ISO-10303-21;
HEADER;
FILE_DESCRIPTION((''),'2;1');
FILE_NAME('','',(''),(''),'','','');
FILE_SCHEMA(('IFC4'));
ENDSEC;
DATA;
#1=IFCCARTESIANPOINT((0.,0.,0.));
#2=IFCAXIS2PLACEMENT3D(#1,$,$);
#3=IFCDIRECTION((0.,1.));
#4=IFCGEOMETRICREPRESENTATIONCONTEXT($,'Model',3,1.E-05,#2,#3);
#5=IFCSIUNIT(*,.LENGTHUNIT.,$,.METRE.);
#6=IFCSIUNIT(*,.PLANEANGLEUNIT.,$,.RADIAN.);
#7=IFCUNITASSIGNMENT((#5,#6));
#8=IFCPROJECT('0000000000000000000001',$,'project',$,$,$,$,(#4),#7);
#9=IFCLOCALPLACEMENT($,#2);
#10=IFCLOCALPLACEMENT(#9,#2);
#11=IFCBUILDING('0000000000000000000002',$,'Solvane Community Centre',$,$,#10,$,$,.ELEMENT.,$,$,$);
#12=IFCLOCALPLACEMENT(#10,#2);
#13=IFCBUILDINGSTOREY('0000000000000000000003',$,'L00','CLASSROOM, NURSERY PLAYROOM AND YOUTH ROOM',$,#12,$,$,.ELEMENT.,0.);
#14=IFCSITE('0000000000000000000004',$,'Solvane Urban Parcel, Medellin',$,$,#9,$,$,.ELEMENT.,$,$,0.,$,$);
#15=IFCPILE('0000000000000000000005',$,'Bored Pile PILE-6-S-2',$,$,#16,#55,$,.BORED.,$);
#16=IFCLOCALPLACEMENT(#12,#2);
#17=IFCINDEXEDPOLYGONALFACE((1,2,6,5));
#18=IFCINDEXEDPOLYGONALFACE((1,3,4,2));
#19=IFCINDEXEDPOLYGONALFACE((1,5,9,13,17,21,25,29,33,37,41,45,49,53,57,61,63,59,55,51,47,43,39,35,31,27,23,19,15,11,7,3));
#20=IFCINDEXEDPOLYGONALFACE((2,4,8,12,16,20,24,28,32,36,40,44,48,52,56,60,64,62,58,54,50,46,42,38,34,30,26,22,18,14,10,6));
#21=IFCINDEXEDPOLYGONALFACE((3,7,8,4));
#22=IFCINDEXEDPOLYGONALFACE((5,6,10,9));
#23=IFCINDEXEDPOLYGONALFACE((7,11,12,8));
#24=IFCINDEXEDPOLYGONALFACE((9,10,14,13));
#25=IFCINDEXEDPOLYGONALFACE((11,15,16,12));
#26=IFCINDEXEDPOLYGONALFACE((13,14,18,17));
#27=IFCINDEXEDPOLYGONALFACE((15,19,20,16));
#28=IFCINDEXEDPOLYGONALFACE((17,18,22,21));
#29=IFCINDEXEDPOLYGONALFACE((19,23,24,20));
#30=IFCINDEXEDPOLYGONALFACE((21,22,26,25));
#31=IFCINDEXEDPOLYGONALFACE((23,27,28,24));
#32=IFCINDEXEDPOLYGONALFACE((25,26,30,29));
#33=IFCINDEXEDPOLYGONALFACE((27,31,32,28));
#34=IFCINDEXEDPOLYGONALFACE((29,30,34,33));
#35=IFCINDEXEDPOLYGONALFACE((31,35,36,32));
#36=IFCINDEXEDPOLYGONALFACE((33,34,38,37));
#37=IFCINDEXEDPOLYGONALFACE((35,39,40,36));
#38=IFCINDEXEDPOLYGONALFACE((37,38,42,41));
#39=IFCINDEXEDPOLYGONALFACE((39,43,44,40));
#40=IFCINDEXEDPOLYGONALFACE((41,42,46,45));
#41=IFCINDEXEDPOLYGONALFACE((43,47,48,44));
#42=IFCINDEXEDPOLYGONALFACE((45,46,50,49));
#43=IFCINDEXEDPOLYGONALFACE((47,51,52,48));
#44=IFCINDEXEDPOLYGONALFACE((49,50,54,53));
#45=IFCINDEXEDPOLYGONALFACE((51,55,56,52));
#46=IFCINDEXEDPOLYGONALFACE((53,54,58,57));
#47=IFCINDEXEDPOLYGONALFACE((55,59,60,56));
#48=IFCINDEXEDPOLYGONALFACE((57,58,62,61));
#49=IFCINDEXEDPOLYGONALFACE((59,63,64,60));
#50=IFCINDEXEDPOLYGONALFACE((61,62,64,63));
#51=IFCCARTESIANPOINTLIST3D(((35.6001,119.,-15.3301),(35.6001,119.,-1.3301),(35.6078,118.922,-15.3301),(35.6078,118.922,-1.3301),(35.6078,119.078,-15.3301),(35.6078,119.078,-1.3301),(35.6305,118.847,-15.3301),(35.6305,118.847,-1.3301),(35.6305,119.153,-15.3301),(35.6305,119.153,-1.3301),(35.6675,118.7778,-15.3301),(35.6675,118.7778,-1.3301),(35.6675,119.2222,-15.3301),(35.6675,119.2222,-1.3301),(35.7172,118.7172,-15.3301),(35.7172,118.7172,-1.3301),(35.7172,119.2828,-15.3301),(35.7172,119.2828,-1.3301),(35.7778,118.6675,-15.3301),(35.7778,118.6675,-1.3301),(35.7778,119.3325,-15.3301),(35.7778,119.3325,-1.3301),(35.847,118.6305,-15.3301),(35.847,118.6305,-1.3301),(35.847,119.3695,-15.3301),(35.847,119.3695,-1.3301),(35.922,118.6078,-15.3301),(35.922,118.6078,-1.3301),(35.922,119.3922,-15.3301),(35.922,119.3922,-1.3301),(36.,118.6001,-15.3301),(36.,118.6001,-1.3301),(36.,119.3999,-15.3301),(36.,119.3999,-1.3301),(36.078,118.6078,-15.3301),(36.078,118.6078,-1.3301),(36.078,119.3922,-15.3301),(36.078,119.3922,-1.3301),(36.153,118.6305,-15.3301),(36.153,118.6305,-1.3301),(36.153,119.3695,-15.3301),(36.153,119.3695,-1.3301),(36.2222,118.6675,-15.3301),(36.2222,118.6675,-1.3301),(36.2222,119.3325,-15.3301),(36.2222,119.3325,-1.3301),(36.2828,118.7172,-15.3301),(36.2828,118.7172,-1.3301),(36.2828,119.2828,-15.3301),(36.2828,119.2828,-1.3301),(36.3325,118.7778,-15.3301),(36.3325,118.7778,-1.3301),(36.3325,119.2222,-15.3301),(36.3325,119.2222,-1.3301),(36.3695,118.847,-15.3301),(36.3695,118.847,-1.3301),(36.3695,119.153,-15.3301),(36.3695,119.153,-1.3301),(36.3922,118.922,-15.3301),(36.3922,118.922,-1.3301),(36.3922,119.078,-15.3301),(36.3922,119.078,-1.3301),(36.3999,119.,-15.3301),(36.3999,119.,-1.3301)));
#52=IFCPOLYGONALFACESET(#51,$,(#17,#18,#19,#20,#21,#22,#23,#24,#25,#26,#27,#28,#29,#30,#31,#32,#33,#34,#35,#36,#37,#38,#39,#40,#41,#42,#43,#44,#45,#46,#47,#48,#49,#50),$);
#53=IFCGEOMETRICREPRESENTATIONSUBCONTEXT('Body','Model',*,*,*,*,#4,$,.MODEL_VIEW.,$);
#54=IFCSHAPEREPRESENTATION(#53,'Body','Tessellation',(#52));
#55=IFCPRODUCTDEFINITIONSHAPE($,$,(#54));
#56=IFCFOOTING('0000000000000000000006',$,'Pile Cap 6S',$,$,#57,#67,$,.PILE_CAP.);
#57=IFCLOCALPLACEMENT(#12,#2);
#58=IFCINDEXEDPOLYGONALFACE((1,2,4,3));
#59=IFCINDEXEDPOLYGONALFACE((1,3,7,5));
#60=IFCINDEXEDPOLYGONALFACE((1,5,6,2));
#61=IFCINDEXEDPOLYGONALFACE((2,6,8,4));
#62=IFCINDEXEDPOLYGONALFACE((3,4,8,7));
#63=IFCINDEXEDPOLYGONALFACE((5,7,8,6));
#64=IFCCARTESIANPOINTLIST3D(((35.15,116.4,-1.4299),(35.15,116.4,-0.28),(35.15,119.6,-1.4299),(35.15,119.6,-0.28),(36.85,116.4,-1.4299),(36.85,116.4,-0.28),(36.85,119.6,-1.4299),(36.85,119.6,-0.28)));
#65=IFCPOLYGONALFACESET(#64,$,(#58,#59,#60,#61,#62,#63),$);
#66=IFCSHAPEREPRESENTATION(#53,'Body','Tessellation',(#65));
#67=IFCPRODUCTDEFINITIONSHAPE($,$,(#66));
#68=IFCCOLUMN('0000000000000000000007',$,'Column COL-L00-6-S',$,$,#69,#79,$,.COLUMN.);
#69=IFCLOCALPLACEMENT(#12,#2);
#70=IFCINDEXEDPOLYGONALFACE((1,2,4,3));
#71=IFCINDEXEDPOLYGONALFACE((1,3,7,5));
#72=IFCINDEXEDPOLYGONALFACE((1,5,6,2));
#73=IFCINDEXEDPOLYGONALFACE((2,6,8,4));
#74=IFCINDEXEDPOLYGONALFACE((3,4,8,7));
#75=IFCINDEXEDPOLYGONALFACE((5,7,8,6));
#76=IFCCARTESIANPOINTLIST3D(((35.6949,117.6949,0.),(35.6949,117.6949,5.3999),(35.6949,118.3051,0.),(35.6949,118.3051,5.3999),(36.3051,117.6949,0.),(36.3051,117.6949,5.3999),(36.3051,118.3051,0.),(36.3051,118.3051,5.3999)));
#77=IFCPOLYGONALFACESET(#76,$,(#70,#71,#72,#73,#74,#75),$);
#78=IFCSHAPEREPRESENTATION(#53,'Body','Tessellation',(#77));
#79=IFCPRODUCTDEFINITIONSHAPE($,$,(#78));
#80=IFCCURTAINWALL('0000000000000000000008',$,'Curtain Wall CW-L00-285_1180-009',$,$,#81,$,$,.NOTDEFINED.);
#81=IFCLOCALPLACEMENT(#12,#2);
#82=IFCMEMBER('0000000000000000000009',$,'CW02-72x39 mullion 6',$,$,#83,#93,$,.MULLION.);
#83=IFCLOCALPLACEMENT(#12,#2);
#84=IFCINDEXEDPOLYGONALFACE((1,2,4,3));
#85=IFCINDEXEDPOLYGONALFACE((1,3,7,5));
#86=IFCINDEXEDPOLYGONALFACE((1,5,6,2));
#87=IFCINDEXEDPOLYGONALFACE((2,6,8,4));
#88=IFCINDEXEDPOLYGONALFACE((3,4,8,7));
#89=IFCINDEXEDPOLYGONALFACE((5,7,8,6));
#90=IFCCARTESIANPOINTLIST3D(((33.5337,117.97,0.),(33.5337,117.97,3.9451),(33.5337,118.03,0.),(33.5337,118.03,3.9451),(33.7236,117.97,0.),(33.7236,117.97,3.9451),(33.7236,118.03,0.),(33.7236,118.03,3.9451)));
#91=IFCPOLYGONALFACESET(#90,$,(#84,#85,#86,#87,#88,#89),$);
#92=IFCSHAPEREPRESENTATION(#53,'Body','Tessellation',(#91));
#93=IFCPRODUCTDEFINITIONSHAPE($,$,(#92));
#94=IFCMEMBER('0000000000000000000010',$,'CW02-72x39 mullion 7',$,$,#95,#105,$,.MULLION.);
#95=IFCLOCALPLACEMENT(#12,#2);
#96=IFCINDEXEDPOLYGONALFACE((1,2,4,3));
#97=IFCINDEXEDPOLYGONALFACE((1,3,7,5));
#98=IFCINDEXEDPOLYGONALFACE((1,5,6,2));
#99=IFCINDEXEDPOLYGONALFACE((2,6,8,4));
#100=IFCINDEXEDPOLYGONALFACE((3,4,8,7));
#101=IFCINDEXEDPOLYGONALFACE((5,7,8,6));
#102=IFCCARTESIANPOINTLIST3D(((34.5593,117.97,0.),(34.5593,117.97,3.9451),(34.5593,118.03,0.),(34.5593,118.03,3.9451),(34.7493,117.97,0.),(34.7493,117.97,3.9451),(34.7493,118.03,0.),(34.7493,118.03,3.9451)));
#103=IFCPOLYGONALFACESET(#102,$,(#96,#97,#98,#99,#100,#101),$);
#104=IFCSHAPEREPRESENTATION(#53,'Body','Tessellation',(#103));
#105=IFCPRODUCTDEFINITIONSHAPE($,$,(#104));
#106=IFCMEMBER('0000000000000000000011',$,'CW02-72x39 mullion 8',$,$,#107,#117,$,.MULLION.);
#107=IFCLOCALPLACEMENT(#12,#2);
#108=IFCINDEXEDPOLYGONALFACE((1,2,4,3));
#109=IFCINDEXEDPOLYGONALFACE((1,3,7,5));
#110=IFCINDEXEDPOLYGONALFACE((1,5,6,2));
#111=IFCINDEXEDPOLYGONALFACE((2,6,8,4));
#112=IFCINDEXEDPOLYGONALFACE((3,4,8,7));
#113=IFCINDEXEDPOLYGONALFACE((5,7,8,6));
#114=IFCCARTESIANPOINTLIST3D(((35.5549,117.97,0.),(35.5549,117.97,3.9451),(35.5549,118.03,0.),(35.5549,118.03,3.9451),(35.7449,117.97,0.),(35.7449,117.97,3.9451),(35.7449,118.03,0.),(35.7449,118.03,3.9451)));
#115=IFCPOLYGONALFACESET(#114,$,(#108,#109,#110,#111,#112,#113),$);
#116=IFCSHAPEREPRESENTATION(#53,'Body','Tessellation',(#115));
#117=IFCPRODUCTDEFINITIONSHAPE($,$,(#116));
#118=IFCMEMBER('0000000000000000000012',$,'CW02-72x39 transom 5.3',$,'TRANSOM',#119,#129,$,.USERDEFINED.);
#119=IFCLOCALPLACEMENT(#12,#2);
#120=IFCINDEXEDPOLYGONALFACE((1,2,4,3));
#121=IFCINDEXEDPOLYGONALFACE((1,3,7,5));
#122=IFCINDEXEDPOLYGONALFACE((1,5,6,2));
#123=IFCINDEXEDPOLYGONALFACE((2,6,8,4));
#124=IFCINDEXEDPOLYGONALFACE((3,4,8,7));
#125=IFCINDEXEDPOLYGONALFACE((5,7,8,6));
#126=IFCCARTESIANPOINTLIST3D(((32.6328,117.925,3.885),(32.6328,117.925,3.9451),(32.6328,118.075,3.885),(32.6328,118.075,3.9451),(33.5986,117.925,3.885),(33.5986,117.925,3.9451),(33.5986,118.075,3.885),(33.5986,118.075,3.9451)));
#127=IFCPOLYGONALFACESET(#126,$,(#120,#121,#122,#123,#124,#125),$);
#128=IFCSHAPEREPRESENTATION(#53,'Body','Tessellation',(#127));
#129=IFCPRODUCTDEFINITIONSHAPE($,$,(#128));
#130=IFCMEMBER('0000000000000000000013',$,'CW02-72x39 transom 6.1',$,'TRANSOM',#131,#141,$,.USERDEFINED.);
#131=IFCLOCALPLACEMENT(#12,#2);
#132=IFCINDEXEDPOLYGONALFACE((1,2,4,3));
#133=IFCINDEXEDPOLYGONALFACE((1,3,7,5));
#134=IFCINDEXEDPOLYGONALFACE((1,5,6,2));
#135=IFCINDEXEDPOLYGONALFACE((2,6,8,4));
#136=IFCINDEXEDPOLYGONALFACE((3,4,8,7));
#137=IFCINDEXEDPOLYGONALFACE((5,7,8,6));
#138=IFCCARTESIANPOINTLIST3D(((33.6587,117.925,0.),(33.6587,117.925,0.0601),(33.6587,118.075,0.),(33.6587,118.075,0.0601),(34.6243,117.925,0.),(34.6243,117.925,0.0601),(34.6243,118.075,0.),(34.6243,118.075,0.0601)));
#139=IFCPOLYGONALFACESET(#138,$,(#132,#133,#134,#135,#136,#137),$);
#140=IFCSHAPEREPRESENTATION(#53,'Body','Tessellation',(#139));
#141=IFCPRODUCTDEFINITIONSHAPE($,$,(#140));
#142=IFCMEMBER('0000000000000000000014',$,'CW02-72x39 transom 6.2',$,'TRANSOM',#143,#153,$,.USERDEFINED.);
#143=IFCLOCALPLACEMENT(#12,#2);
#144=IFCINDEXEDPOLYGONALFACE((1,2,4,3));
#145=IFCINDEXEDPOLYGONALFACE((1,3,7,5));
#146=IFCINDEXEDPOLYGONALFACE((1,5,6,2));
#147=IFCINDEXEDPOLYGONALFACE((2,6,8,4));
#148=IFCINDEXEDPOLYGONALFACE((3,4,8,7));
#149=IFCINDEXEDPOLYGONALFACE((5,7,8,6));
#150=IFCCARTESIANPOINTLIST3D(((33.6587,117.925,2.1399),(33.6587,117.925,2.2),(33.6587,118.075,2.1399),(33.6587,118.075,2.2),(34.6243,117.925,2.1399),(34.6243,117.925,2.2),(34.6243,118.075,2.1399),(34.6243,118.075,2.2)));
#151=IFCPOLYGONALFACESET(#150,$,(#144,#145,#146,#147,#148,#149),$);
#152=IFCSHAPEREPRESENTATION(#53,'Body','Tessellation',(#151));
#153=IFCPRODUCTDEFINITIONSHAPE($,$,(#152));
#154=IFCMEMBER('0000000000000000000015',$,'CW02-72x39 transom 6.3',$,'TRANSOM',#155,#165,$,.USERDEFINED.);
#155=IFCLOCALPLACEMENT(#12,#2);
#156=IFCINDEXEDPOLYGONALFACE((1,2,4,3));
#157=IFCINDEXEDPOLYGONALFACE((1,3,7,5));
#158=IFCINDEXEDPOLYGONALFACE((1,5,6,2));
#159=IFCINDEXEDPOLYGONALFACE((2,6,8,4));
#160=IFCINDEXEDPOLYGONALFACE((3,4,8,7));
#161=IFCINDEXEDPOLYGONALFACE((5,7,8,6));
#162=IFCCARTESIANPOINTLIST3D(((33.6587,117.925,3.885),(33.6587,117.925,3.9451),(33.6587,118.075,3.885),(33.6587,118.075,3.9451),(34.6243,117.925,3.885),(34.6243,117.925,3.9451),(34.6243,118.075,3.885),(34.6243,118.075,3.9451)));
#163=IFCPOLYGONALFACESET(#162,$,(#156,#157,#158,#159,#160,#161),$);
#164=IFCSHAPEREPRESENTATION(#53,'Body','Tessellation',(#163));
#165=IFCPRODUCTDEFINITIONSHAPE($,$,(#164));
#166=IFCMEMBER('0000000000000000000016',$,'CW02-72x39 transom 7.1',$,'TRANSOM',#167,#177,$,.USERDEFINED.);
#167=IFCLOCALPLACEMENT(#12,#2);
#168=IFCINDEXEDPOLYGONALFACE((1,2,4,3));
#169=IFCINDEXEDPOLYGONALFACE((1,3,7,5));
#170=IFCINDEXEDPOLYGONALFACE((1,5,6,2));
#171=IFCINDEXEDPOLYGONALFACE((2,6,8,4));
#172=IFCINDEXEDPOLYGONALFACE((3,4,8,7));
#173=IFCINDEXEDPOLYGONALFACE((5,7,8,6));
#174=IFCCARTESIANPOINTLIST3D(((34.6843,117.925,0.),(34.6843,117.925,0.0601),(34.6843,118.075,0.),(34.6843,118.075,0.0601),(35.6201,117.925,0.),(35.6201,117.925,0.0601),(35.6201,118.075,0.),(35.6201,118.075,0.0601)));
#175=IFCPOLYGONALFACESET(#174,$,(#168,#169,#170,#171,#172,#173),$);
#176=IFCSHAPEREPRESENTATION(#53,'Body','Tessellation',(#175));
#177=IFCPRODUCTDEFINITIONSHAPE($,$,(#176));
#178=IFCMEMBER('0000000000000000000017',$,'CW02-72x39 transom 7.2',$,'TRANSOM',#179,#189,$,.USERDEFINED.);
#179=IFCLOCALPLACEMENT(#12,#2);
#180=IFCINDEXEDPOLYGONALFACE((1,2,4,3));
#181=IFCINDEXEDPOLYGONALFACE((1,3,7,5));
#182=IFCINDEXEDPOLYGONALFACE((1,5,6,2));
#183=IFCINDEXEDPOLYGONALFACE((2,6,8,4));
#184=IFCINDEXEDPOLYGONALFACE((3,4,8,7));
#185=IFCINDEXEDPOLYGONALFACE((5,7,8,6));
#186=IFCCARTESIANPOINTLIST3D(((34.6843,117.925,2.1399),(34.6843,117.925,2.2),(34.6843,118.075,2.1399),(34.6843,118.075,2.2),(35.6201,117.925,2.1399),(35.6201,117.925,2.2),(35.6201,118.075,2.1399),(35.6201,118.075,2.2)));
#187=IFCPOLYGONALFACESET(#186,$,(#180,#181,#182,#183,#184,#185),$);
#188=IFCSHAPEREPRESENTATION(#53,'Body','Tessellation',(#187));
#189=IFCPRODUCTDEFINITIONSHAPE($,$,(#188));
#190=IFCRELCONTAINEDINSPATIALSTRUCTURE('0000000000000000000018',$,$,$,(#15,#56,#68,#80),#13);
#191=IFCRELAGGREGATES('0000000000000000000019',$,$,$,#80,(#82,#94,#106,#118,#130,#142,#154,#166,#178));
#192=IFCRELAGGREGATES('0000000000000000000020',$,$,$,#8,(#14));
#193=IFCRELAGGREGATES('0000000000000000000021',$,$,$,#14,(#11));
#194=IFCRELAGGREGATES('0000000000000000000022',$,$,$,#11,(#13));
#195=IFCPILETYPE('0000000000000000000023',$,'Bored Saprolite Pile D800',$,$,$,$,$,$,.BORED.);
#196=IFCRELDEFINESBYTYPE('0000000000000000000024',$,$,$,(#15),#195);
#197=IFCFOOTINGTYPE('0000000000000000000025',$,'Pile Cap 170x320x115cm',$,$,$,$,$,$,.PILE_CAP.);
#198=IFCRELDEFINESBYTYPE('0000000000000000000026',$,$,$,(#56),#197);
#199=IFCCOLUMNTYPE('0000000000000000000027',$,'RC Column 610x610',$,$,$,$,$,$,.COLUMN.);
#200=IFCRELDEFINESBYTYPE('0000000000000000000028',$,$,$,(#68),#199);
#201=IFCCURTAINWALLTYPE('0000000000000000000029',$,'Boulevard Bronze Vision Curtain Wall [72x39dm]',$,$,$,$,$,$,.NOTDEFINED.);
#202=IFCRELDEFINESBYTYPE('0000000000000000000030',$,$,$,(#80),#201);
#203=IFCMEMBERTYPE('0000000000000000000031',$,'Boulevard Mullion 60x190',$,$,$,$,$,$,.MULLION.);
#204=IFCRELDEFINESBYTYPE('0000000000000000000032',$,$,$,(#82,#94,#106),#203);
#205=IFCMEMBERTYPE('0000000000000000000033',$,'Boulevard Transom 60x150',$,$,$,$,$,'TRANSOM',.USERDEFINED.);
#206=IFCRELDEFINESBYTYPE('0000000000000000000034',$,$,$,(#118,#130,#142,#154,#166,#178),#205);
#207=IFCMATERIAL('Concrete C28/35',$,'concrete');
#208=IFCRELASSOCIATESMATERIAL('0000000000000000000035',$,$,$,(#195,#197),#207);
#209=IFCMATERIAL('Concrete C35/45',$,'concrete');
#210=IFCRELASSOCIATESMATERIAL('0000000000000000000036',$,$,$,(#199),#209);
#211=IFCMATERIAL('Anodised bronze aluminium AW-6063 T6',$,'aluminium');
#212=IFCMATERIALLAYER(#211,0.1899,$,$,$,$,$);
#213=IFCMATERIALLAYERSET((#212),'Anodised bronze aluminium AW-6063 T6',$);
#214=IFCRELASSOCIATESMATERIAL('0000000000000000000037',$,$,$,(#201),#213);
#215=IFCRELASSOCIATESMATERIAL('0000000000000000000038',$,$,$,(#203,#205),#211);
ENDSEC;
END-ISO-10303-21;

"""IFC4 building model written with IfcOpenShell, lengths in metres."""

from ifc_helpers import new_model, si_unit, direction, frame, origin, origin_2d, place, context, subcontext, project, spatial, rectangle, circle, extrude, material, layer, layer_set, material_profile, profile_set, type_object, element, aggregate, save


model = new_model("IFC4")

# Units and contexts
model_context = context("Model", 3, precision=1e-05, world=origin(), true_north=direction((0.0, 1.0)))
body_context = subcontext(model_context, "Body", "Model", "MODEL_VIEW")
ifc_project = project(units=[si_unit("LENGTHUNIT", "METRE"), si_unit("PLANEANGLEUNIT", "RADIAN")], contexts=[model_context])

# Site, building, storey
site_placement = place(None, origin())
site = spatial("IfcSite", under=ifc_project, at=site_placement, Name="Solvane Urban Parcel, Medellin", CompositionType="ELEMENT", RefElevation=0.0)
building_placement = place(site_placement, origin())
building = spatial("IfcBuilding", under=site, at=building_placement, Name="Solvane Community Centre", CompositionType="ELEMENT")
storey_placement = place(building_placement, origin())
storey = spatial("IfcBuildingStorey", under=building, at=storey_placement, Name="L00", Description="CLASSROOM, NURSERY PLAYROOM AND YOUTH ROOM", CompositionType="ELEMENT", Elevation=0.0)

# Pile
ifc_material_1 = material(Name="Concrete C28/35", Category="concrete")
ifc_material_profile_1 = material_profile(ifc_material_1, circle(Radius=0.3999, at=origin_2d()), Name="PILE D800")
ifc_profile_set_1 = profile_set([ifc_material_profile_1], Name="Concrete C28/35")
pile_type = type_object("IfcPileType", Name="Bored Saprolite Pile D800", PredefinedType="BORED", material=ifc_profile_set_1)
pile_placement = place(storey_placement, frame((36.0, 119.0, -1.3301), z_axis=(0.0, 0.0, -1.0), x_axis=(1.0, 0.0, 0.0)))
element("IfcPile", 1, at=pile_placement, inside=storey, type_object=pile_type, Name="Bored Pile PILE-6-S-2", PredefinedType="BORED", context=body_context, shape_type="SweptSolid", body=[
    extrude(circle(Radius=0.3999, at=origin_2d()), origin(), (0.0, 0.0, 1.0), 14.0),
])

# Footing
footing_type = type_object("IfcFootingType", Name="Pile Cap 170x320x115cm", PredefinedType="PILE_CAP", material=ifc_material_1)
footing_placement = place(storey_placement, frame((36.0, 118.0, -1.4299), z_axis=(0.0, 0.0, 1.0), x_axis=(1.0, 0.0, 0.0)))
element("IfcFooting", 2, at=footing_placement, inside=storey, type_object=footing_type, Name="Pile Cap 6S", PredefinedType="PILE_CAP", context=body_context, shape_type="SweptSolid", body=[
    extrude(rectangle(XDim=1.7, YDim=3.2, at=origin_2d()), origin(), (0.0, 0.0, 1.0), 1.1499),
])

# Column
ifc_material_2 = material(Name="Concrete C35/45", Category="concrete")
ifc_material_profile_2 = material_profile(ifc_material_2, rectangle(XDim=0.6101, YDim=0.6101, at=origin_2d()), Name="RC 610x610")
ifc_profile_set_2 = profile_set([ifc_material_profile_2], Name="Concrete C35/45")
column_type = type_object("IfcColumnType", Name="RC Column 610x610", PredefinedType="COLUMN", material=ifc_profile_set_2)
column_placement = place(storey_placement, frame((36.0, 118.0, 0.0), z_axis=(0.0, 0.0, 1.0), x_axis=(1.0, 0.0, 0.0)))
element("IfcColumn", 3, at=column_placement, inside=storey, type_object=column_type, Name="Column COL-L00-6-S", PredefinedType="COLUMN", context=body_context, shape_type="SweptSolid", body=[
    extrude(rectangle(XDim=0.6101, YDim=0.6101, at=origin_2d()), origin(), (0.0, 0.0, 1.0), 5.3999),
])

# Curtain wall, members
ifc_material_3 = material(Name="Anodised bronze aluminium AW-6063 T6", Category="aluminium")
ifc_layer_1 = layer(ifc_material_3, 0.1899)
ifc_layer_set_1 = layer_set([ifc_layer_1], Name="Anodised bronze aluminium AW-6063 T6")
curtain_wall_type = type_object("IfcCurtainWallType", Name="Boulevard Bronze Vision Curtain Wall [72x39dm]", PredefinedType="NOTDEFINED", material=ifc_layer_set_1)
curtain_wall_placement = place(storey_placement, origin())
curtain_wall = element("IfcCurtainWall", 4, at=curtain_wall_placement, inside=storey, type_object=curtain_wall_type, Name="Curtain Wall CW-L00-285_1180-009", PredefinedType="NOTDEFINED")
ifc_material_profile_3 = material_profile(ifc_material_3, rectangle(XDim=0.0601, YDim=0.1899, at=origin_2d()), Name="CW-M 60x190")
ifc_profile_set_3 = profile_set([ifc_material_profile_3], Name="Anodised bronze aluminium AW-6063 T6")
member_type_1 = type_object("IfcMemberType", Name="Boulevard Mullion 60x190", PredefinedType="MULLION", material=ifc_profile_set_3)
member_1_placement = place(storey_placement, frame((33.6287, 118.0, 0.0), z_axis=(0.0, 0.0, 1.0), x_axis=(0.0, 1.0, 0.0)))
member_1 = element("IfcMember", 5, at=member_1_placement, type_object=member_type_1, Name="CW02-72x39 mullion 6", PredefinedType="MULLION", context=body_context, shape_type="SweptSolid", body=[
    extrude(rectangle(XDim=0.0601, YDim=0.1899, at=origin_2d()), origin(), (0.0, 0.0, 1.0), 3.9451),
])
member_2_placement = place(storey_placement, frame((34.6543, 118.0, 0.0), z_axis=(0.0, 0.0, 1.0), x_axis=(0.0, 1.0, 0.0)))
member_2 = element("IfcMember", 6, at=member_2_placement, type_object=member_type_1, Name="CW02-72x39 mullion 7", PredefinedType="MULLION", context=body_context, shape_type="SweptSolid", body=[
    extrude(rectangle(XDim=0.0601, YDim=0.1899, at=origin_2d()), origin(), (0.0, 0.0, 1.0), 3.9451),
])
member_3_placement = place(storey_placement, frame((35.6499, 118.0, 0.0), z_axis=(0.0, 0.0, 1.0), x_axis=(0.0, 1.0, 0.0)))
member_3 = element("IfcMember", 7, at=member_3_placement, type_object=member_type_1, Name="CW02-72x39 mullion 8", PredefinedType="MULLION", context=body_context, shape_type="SweptSolid", body=[
    extrude(rectangle(XDim=0.0601, YDim=0.1899, at=origin_2d()), origin(), (0.0, 0.0, 1.0), 3.9451),
])
ifc_material_profile_4 = material_profile(ifc_material_3, rectangle(XDim=0.1499, YDim=0.0601, at=origin_2d()), Name="CW-T 60x150")
ifc_profile_set_4 = profile_set([ifc_material_profile_4], Name="Anodised bronze aluminium AW-6063 T6")
member_type_2 = type_object("IfcMemberType", Name="Boulevard Transom 60x150", ElementType="TRANSOM", PredefinedType="USERDEFINED", material=ifc_profile_set_4)
member_4_placement = place(storey_placement, frame((32.6328, 118.0, 3.915), z_axis=(1.0, 0.0, 0.0), x_axis=(0.0, 1.0, 0.0)))
member_4 = element("IfcMember", 8, at=member_4_placement, type_object=member_type_2, Name="CW02-72x39 transom 5.3", ObjectType="TRANSOM", PredefinedType="USERDEFINED", context=body_context, shape_type="SweptSolid", body=[
    extrude(rectangle(XDim=0.1499, YDim=0.0601, at=origin_2d()), origin(), (0.0, 0.0, 1.0), 0.9658),
])
member_5_placement = place(storey_placement, frame((33.6587, 118.0, 0.03), z_axis=(1.0, 0.0, 0.0), x_axis=(0.0, 1.0, 0.0)))
member_5 = element("IfcMember", 9, at=member_5_placement, type_object=member_type_2, Name="CW02-72x39 transom 6.1", ObjectType="TRANSOM", PredefinedType="USERDEFINED", context=body_context, shape_type="SweptSolid", body=[
    extrude(rectangle(XDim=0.1499, YDim=0.0601, at=origin_2d()), origin(), (0.0, 0.0, 1.0), 0.9656),
])
member_6_placement = place(storey_placement, frame((33.6587, 118.0, 2.1699), z_axis=(1.0, 0.0, 0.0), x_axis=(0.0, 1.0, 0.0)))
member_6 = element("IfcMember", 10, at=member_6_placement, type_object=member_type_2, Name="CW02-72x39 transom 6.2", ObjectType="TRANSOM", PredefinedType="USERDEFINED", context=body_context, shape_type="SweptSolid", body=[
    extrude(rectangle(XDim=0.1499, YDim=0.0601, at=origin_2d()), origin(), (0.0, 0.0, 1.0), 0.9656),
])
member_7_placement = place(storey_placement, frame((33.6587, 118.0, 3.915), z_axis=(1.0, 0.0, 0.0), x_axis=(0.0, 1.0, 0.0)))
member_7 = element("IfcMember", 11, at=member_7_placement, type_object=member_type_2, Name="CW02-72x39 transom 6.3", ObjectType="TRANSOM", PredefinedType="USERDEFINED", context=body_context, shape_type="SweptSolid", body=[
    extrude(rectangle(XDim=0.1499, YDim=0.0601, at=origin_2d()), origin(), (0.0, 0.0, 1.0), 0.9656),
])
member_8_placement = place(storey_placement, frame((34.6843, 118.0, 0.03), z_axis=(1.0, 0.0, 0.0), x_axis=(0.0, 1.0, 0.0)))
member_8 = element("IfcMember", 12, at=member_8_placement, type_object=member_type_2, Name="CW02-72x39 transom 7.1", ObjectType="TRANSOM", PredefinedType="USERDEFINED", context=body_context, shape_type="SweptSolid", body=[
    extrude(rectangle(XDim=0.1499, YDim=0.0601, at=origin_2d()), origin(), (0.0, 0.0, 1.0), 0.9358),
])
member_9_placement = place(storey_placement, frame((34.6843, 118.0, 2.1699), z_axis=(1.0, 0.0, 0.0), x_axis=(0.0, 1.0, 0.0)))
member_9 = element("IfcMember", 13, at=member_9_placement, type_object=member_type_2, Name="CW02-72x39 transom 7.2", ObjectType="TRANSOM", PredefinedType="USERDEFINED", context=body_context, shape_type="SweptSolid", body=[
    extrude(rectangle(XDim=0.1499, YDim=0.0601, at=origin_2d()), origin(), (0.0, 0.0, 1.0), 0.9358),
])
aggregate(curtain_wall, [member_1, member_2, member_3, member_4, member_5, member_6, member_7, member_8, member_9])

save(model, "model.ifc")
